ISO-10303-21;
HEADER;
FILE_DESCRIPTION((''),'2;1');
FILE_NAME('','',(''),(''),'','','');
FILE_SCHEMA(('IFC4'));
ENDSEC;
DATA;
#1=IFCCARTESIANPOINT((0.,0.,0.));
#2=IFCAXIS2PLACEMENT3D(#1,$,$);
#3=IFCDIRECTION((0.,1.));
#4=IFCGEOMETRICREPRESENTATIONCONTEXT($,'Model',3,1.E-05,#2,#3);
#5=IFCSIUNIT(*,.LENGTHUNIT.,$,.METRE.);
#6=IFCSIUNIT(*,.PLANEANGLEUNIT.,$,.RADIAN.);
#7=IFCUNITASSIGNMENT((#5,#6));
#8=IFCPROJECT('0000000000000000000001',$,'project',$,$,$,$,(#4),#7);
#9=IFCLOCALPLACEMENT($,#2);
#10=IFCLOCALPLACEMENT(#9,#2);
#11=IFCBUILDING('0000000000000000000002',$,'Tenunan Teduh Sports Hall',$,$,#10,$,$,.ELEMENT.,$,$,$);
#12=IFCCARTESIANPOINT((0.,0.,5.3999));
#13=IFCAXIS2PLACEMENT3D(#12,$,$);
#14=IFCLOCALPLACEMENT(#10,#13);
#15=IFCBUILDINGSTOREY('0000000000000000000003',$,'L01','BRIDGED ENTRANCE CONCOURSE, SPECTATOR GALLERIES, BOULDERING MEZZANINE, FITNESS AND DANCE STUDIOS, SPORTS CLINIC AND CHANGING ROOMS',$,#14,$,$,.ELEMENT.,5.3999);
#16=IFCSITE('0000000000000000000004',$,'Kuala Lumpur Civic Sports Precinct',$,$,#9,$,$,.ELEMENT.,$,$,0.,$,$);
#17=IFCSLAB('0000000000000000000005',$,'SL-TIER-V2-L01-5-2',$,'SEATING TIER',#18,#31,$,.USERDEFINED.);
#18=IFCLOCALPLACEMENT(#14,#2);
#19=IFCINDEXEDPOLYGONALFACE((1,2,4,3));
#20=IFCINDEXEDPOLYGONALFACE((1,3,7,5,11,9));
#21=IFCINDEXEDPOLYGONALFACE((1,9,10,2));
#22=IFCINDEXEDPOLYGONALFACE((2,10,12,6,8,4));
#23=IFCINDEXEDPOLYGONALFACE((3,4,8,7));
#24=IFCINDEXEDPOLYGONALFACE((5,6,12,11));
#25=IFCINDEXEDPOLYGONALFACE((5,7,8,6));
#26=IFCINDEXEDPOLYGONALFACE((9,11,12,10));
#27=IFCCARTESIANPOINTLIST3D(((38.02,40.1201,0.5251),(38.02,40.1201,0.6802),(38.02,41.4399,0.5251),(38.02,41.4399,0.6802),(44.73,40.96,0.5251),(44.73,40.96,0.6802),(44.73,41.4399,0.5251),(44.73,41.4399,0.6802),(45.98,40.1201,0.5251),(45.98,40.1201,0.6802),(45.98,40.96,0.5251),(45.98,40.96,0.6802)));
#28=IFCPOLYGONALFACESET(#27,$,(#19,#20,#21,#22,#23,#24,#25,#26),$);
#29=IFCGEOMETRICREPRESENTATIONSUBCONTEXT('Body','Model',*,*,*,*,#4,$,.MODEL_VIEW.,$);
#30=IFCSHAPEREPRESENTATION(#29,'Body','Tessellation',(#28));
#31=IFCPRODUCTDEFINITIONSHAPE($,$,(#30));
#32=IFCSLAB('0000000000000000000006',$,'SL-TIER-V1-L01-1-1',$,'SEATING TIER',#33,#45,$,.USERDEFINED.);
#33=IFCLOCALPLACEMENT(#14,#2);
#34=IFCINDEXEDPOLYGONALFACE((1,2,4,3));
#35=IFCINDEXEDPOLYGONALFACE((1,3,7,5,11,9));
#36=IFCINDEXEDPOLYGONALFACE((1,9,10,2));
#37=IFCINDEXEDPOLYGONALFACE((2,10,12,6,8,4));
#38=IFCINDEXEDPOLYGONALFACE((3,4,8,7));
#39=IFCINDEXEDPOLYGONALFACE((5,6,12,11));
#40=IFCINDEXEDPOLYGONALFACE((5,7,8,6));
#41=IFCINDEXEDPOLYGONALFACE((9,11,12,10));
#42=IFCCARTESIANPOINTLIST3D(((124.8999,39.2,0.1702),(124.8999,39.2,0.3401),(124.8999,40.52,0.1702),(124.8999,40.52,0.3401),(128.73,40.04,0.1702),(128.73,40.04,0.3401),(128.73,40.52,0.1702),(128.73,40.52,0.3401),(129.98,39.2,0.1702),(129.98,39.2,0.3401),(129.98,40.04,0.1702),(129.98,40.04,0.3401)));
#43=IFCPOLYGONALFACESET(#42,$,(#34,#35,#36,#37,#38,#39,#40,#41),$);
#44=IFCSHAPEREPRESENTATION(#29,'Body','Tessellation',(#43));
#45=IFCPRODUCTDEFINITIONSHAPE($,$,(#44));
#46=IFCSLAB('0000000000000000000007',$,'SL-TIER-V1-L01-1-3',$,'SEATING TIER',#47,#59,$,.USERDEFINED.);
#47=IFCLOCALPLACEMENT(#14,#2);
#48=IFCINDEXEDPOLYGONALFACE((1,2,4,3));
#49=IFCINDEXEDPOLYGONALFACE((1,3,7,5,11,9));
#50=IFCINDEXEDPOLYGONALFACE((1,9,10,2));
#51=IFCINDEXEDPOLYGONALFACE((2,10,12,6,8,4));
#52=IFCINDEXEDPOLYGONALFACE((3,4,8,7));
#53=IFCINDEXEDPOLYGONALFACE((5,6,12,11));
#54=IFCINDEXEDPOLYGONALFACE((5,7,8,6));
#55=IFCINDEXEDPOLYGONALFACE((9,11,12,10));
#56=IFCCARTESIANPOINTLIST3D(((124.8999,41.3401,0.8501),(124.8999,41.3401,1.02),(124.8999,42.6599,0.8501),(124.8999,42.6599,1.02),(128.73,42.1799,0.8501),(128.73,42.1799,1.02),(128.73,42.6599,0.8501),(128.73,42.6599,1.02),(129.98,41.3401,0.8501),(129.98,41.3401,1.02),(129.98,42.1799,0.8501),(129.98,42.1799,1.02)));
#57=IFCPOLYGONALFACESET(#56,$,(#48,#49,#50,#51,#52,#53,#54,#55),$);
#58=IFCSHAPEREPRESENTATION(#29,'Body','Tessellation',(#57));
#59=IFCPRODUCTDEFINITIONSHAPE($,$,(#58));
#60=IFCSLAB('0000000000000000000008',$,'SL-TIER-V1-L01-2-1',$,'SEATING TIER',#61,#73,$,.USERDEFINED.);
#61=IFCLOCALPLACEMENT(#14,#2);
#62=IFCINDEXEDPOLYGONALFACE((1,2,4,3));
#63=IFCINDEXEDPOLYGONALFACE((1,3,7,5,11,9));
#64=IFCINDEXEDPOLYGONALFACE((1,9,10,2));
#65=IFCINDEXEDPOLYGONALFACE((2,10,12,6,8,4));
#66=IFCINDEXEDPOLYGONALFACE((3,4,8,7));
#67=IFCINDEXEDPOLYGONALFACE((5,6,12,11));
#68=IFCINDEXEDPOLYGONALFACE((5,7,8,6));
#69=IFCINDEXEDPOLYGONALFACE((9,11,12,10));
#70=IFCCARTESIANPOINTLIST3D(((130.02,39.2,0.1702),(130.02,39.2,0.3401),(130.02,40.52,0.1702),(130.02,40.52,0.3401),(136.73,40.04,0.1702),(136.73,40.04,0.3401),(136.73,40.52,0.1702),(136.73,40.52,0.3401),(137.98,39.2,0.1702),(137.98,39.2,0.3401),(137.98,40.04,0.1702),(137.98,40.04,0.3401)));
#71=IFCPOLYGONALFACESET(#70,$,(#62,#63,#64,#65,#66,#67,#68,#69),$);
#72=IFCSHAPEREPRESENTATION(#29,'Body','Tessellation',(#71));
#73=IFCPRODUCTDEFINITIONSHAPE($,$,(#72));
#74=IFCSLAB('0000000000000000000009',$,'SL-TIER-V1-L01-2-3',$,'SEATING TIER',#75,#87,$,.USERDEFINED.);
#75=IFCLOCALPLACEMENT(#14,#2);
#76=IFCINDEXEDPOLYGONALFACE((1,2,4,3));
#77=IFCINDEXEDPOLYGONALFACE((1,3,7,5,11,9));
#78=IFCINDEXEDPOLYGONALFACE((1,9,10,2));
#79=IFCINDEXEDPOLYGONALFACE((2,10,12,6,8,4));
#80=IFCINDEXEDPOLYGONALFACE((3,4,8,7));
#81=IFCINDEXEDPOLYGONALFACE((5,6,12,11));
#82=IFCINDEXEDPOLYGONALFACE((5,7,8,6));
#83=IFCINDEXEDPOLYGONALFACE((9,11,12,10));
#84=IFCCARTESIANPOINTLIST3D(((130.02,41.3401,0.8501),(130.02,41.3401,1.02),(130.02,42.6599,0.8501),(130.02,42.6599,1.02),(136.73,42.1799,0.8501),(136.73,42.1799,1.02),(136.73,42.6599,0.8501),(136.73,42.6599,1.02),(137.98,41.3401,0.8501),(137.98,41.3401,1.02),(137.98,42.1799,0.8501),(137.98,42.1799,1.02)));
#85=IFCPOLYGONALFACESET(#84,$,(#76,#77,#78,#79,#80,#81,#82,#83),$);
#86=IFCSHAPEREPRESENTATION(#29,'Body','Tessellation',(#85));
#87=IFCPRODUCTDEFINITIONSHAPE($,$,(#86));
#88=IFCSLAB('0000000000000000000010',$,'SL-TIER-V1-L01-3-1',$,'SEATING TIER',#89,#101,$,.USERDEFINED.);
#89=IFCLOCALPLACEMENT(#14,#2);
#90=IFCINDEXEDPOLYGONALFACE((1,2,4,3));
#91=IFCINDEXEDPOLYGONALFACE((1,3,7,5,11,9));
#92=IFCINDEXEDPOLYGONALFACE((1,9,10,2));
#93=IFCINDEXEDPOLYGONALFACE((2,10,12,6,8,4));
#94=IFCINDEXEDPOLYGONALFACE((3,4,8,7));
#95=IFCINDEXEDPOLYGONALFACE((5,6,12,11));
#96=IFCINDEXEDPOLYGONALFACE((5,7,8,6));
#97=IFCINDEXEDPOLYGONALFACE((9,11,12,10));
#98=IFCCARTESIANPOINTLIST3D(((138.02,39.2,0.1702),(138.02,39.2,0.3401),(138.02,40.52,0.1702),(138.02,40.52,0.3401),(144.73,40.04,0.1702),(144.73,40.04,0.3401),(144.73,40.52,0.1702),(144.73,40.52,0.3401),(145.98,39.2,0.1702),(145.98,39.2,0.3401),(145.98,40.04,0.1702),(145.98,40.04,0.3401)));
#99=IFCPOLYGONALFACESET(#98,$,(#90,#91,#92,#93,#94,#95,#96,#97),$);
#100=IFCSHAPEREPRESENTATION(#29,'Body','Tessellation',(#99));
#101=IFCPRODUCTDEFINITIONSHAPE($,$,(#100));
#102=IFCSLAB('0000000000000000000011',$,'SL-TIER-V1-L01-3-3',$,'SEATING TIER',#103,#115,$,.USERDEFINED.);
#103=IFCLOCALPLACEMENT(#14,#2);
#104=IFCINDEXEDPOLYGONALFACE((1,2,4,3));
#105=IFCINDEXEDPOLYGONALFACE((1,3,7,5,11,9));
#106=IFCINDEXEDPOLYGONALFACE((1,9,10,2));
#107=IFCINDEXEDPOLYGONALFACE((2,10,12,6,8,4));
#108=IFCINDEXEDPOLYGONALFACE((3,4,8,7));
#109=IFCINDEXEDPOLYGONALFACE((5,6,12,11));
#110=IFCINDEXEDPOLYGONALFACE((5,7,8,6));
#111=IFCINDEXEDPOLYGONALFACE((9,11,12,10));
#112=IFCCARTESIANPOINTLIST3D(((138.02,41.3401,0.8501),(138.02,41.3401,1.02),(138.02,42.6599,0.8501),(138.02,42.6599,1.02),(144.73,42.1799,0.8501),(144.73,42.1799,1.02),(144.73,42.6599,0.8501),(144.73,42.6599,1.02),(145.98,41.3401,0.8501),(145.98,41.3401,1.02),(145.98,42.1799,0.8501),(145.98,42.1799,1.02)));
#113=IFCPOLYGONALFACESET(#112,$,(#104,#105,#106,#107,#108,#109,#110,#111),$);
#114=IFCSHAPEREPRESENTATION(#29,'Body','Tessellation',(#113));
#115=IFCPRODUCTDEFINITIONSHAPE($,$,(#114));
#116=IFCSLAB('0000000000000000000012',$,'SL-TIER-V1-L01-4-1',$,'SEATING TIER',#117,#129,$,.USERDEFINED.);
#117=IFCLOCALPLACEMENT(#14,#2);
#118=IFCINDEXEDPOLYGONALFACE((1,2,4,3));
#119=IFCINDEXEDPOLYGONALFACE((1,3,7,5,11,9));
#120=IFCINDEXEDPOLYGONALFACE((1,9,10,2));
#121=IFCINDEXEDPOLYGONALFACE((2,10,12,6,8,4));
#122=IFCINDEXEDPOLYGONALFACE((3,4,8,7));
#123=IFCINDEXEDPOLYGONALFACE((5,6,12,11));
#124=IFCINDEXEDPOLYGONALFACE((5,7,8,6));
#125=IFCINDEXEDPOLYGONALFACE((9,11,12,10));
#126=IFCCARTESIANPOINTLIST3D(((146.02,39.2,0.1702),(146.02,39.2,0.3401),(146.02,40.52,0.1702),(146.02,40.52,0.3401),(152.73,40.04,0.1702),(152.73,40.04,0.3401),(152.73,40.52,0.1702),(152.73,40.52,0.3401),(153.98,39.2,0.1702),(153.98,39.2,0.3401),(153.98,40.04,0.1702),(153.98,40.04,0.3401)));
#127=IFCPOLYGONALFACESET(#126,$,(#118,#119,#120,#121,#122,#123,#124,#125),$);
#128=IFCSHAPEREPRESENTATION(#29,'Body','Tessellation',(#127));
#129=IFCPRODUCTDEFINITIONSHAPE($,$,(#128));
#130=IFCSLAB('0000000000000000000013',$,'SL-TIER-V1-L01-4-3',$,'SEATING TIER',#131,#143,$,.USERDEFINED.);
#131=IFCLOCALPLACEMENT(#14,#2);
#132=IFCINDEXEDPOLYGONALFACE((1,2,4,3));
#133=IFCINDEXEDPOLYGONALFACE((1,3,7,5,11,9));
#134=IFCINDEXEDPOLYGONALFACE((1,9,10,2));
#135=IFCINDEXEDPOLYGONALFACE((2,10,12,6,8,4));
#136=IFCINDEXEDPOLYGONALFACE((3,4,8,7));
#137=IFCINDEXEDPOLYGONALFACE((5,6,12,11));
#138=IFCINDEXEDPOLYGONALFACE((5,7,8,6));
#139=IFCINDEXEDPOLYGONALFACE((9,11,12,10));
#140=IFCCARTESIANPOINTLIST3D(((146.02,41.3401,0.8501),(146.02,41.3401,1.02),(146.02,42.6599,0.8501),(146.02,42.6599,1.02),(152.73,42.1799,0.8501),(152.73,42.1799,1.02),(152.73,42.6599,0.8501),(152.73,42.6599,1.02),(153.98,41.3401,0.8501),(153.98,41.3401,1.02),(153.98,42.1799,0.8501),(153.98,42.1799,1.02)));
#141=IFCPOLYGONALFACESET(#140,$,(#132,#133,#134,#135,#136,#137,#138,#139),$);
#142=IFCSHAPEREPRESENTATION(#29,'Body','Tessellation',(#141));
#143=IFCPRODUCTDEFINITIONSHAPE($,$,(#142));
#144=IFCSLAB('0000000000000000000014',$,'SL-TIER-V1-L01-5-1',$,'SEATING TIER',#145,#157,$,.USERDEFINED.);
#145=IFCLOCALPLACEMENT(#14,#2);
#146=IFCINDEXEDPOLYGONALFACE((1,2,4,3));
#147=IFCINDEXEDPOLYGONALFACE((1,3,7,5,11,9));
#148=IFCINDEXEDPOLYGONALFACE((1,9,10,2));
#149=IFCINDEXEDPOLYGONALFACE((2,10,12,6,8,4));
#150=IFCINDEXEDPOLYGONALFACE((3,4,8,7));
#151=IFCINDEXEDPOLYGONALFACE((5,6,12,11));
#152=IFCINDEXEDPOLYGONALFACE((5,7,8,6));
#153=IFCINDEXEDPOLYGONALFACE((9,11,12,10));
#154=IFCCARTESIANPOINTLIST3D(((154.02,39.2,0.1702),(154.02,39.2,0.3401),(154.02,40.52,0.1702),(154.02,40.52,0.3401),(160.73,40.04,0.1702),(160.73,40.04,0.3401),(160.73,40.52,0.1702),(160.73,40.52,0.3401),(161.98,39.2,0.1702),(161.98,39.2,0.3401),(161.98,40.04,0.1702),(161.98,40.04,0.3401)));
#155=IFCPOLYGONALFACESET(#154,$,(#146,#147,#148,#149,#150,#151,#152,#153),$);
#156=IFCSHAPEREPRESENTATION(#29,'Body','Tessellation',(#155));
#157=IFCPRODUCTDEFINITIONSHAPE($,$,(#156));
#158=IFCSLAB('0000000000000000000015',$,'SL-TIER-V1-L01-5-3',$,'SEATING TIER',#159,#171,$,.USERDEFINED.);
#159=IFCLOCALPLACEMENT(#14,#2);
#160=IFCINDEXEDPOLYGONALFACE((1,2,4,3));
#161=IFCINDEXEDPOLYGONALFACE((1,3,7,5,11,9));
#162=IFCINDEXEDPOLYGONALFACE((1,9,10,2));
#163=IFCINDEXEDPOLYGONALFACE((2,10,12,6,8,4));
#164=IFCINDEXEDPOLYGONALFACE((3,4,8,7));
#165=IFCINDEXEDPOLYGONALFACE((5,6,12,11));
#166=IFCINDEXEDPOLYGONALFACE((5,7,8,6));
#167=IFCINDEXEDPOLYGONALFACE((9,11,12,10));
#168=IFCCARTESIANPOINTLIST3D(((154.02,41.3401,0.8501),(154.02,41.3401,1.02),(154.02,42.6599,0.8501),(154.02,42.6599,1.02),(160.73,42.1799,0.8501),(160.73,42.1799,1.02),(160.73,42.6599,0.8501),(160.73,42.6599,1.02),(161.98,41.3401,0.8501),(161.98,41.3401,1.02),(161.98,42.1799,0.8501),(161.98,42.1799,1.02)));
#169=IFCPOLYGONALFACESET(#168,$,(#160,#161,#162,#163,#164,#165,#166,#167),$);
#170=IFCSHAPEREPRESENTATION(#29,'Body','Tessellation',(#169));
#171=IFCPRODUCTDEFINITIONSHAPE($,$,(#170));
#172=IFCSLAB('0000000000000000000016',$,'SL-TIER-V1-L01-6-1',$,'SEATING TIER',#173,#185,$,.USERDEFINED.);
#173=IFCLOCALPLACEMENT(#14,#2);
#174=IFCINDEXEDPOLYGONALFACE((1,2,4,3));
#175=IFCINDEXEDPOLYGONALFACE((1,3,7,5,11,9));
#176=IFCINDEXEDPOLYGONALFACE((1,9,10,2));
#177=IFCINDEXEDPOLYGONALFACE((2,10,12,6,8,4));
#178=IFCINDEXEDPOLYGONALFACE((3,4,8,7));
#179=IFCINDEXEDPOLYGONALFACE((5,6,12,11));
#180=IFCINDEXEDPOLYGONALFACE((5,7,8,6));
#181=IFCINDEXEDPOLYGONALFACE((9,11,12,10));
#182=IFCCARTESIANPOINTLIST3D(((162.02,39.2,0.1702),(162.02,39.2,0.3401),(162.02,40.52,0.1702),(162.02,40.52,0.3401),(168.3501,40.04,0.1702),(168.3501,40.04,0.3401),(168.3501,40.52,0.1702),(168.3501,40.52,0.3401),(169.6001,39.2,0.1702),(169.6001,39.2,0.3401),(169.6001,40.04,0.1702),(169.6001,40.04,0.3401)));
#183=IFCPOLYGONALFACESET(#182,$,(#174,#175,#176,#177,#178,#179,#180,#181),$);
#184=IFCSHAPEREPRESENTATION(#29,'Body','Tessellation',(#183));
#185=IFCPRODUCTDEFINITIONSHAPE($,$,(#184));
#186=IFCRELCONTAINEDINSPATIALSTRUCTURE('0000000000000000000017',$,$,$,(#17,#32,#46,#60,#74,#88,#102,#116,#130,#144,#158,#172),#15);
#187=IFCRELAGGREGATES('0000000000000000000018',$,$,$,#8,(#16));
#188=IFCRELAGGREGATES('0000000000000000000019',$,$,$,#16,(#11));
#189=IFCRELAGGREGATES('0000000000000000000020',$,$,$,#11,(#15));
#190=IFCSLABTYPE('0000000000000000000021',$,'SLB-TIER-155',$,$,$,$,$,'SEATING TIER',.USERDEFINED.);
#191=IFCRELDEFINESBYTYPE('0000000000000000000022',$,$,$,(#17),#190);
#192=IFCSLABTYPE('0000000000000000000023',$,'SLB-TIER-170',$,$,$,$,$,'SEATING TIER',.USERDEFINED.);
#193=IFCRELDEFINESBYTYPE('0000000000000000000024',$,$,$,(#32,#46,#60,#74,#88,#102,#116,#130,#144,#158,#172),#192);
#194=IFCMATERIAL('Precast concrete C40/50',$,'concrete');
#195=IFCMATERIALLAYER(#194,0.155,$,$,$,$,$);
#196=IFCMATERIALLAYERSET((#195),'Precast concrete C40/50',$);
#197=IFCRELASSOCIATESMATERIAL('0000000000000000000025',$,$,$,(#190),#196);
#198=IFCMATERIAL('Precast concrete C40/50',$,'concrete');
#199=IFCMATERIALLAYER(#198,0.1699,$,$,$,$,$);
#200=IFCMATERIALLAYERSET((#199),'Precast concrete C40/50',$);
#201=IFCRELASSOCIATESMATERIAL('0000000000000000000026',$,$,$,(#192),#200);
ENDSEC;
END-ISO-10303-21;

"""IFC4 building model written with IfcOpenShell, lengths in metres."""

from ifc_helpers import new_model, si_unit, direction, frame, origin, place, context, subcontext, project, spatial, polyline, outline, extrude, material, layer, layer_set, type_object, element, save


model = new_model("IFC4")

# Units and contexts
model_context = context("Model", 3, precision=1e-05, world=origin(), true_north=direction((0.0, 1.0)))
body_context = subcontext(model_context, "Body", "Model", "MODEL_VIEW")
ifc_project = project(units=[si_unit("LENGTHUNIT", "METRE"), si_unit("PLANEANGLEUNIT", "RADIAN")], contexts=[model_context])

# Site, building, storey
site_placement = place(None, origin())
site = spatial("IfcSite", under=ifc_project, at=site_placement, Name="Kuala Lumpur Civic Sports Precinct", CompositionType="ELEMENT", RefElevation=0.0)
building_placement = place(site_placement, origin())
building = spatial("IfcBuilding", under=site, at=building_placement, Name="Tenunan Teduh Sports Hall", CompositionType="ELEMENT")
storey_placement = place(building_placement, frame((0.0, 0.0, 5.3999)))
storey = spatial("IfcBuildingStorey", under=building, at=storey_placement, Name="L01", Description="BRIDGED ENTRANCE CONCOURSE, SPECTATOR GALLERIES, BOULDERING MEZZANINE, FITNESS AND DANCE STUDIOS, SPORTS CLINIC AND CHANGING ROOMS", CompositionType="ELEMENT", Elevation=5.3999)

# Slabs
ifc_material_1 = material(Name="Precast concrete C40/50", Category="concrete")
ifc_layer_1 = layer(ifc_material_1, 0.155)
ifc_layer_set_1 = layer_set([ifc_layer_1], Name="Precast concrete C40/50")
slab_type_1 = type_object("IfcSlabType", Name="SLB-TIER-155", ElementType="SEATING TIER", PredefinedType="USERDEFINED", material=ifc_layer_set_1)
slab_1_placement = place(storey_placement, frame((0.0, 0.0, 0.5251)))
element("IfcSlab", 1, at=slab_1_placement, inside=storey, type_object=slab_type_1, Name="SL-TIER-V2-L01-5-2", ObjectType="SEATING TIER", PredefinedType="USERDEFINED", context=body_context, shape_type="SweptSolid", body=[
    extrude(outline(polyline([(38.02, 40.1201), (45.98, 40.1201), (45.98, 40.96), (44.73, 40.96), (44.73, 41.4399), (38.02, 41.4399), (38.02, 40.1201)])), origin(), (0.0, 0.0, 1.0), 0.155),
])
ifc_material_2 = material(Name="Precast concrete C40/50", Category="concrete")
ifc_layer_2 = layer(ifc_material_2, 0.1699)
ifc_layer_set_2 = layer_set([ifc_layer_2], Name="Precast concrete C40/50")
slab_type_2 = type_object("IfcSlabType", Name="SLB-TIER-170", ElementType="SEATING TIER", PredefinedType="USERDEFINED", material=ifc_layer_set_2)
slab_2_placement = place(storey_placement, frame((0.0, 0.0, 0.1702)))
element("IfcSlab", 2, at=slab_2_placement, inside=storey, type_object=slab_type_2, Name="SL-TIER-V1-L01-1-1", ObjectType="SEATING TIER", PredefinedType="USERDEFINED", context=body_context, shape_type="SweptSolid", body=[
    extrude(outline(polyline([(124.8999, 39.2), (129.98, 39.2), (129.98, 40.04), (128.73, 40.04), (128.73, 40.52), (124.8999, 40.52), (124.8999, 39.2)])), origin(), (0.0, 0.0, 1.0), 0.1699),
])
slab_3_placement = place(storey_placement, frame((0.0, 0.0, 0.8501)))
element("IfcSlab", 3, at=slab_3_placement, inside=storey, type_object=slab_type_2, Name="SL-TIER-V1-L01-1-3", ObjectType="SEATING TIER", PredefinedType="USERDEFINED", context=body_context, shape_type="SweptSolid", body=[
    extrude(outline(polyline([(124.8999, 41.3401), (129.98, 41.3401), (129.98, 42.1799), (128.73, 42.1799), (128.73, 42.6599), (124.8999, 42.6599), (124.8999, 41.3401)])), origin(), (0.0, 0.0, 1.0), 0.1699),
])
slab_4_placement = place(storey_placement, frame((0.0, 0.0, 0.1702)))
element("IfcSlab", 4, at=slab_4_placement, inside=storey, type_object=slab_type_2, Name="SL-TIER-V1-L01-2-1", ObjectType="SEATING TIER", PredefinedType="USERDEFINED", context=body_context, shape_type="SweptSolid", body=[
    extrude(outline(polyline([(130.02, 39.2), (137.98, 39.2), (137.98, 40.04), (136.73, 40.04), (136.73, 40.52), (130.02, 40.52), (130.02, 39.2)])), origin(), (0.0, 0.0, 1.0), 0.1699),
])
slab_5_placement = place(storey_placement, frame((0.0, 0.0, 0.8501)))
element("IfcSlab", 5, at=slab_5_placement, inside=storey, type_object=slab_type_2, Name="SL-TIER-V1-L01-2-3", ObjectType="SEATING TIER", PredefinedType="USERDEFINED", context=body_context, shape_type="SweptSolid", body=[
    extrude(outline(polyline([(130.02, 41.3401), (137.98, 41.3401), (137.98, 42.1799), (136.73, 42.1799), (136.73, 42.6599), (130.02, 42.6599), (130.02, 41.3401)])), origin(), (0.0, 0.0, 1.0), 0.1699),
])
slab_6_placement = place(storey_placement, frame((0.0, 0.0, 0.1702)))
element("IfcSlab", 6, at=slab_6_placement, inside=storey, type_object=slab_type_2, Name="SL-TIER-V1-L01-3-1", ObjectType="SEATING TIER", PredefinedType="USERDEFINED", context=body_context, shape_type="SweptSolid", body=[
    extrude(outline(polyline([(138.02, 39.2), (145.98, 39.2), (145.98, 40.04), (144.73, 40.04), (144.73, 40.52), (138.02, 40.52), (138.02, 39.2)])), origin(), (0.0, 0.0, 1.0), 0.1699),
])
slab_7_placement = place(storey_placement, frame((0.0, 0.0, 0.8501)))
element("IfcSlab", 7, at=slab_7_placement, inside=storey, type_object=slab_type_2, Name="SL-TIER-V1-L01-3-3", ObjectType="SEATING TIER", PredefinedType="USERDEFINED", context=body_context, shape_type="SweptSolid", body=[
    extrude(outline(polyline([(138.02, 41.3401), (145.98, 41.3401), (145.98, 42.1799), (144.73, 42.1799), (144.73, 42.6599), (138.02, 42.6599), (138.02, 41.3401)])), origin(), (0.0, 0.0, 1.0), 0.1699),
])
slab_8_placement = place(storey_placement, frame((0.0, 0.0, 0.1702)))
element("IfcSlab", 8, at=slab_8_placement, inside=storey, type_object=slab_type_2, Name="SL-TIER-V1-L01-4-1", ObjectType="SEATING TIER", PredefinedType="USERDEFINED", context=body_context, shape_type="SweptSolid", body=[
    extrude(outline(polyline([(146.02, 39.2), (153.98, 39.2), (153.98, 40.04), (152.73, 40.04), (152.73, 40.52), (146.02, 40.52), (146.02, 39.2)])), origin(), (0.0, 0.0, 1.0), 0.1699),
])
slab_9_placement = place(storey_placement, frame((0.0, 0.0, 0.8501)))
element("IfcSlab", 9, at=slab_9_placement, inside=storey, type_object=slab_type_2, Name="SL-TIER-V1-L01-4-3", ObjectType="SEATING TIER", PredefinedType="USERDEFINED", context=body_context, shape_type="SweptSolid", body=[
    extrude(outline(polyline([(146.02, 41.3401), (153.98, 41.3401), (153.98, 42.1799), (152.73, 42.1799), (152.73, 42.6599), (146.02, 42.6599), (146.02, 41.3401)])), origin(), (0.0, 0.0, 1.0), 0.1699),
])
slab_10_placement = place(storey_placement, frame((0.0, 0.0, 0.1702)))
element("IfcSlab", 10, at=slab_10_placement, inside=storey, type_object=slab_type_2, Name="SL-TIER-V1-L01-5-1", ObjectType="SEATING TIER", PredefinedType="USERDEFINED", context=body_context, shape_type="SweptSolid", body=[
    extrude(outline(polyline([(154.02, 39.2), (161.98, 39.2), (161.98, 40.04), (160.73, 40.04), (160.73, 40.52), (154.02, 40.52), (154.02, 39.2)])), origin(), (0.0, 0.0, 1.0), 0.1699),
])
slab_11_placement = place(storey_placement, frame((0.0, 0.0, 0.8501)))
element("IfcSlab", 11, at=slab_11_placement, inside=storey, type_object=slab_type_2, Name="SL-TIER-V1-L01-5-3", ObjectType="SEATING TIER", PredefinedType="USERDEFINED", context=body_context, shape_type="SweptSolid", body=[
    extrude(outline(polyline([(154.02, 41.3401), (161.98, 41.3401), (161.98, 42.1799), (160.73, 42.1799), (160.73, 42.6599), (154.02, 42.6599), (154.02, 41.3401)])), origin(), (0.0, 0.0, 1.0), 0.1699),
])
slab_12_placement = place(storey_placement, frame((0.0, 0.0, 0.1702)))
element("IfcSlab", 12, at=slab_12_placement, inside=storey, type_object=slab_type_2, Name="SL-TIER-V1-L01-6-1", ObjectType="SEATING TIER", PredefinedType="USERDEFINED", context=body_context, shape_type="SweptSolid", body=[
    extrude(outline(polyline([(162.02, 39.2), (169.6001, 39.2), (169.6001, 40.04), (168.3501, 40.04), (168.3501, 40.52), (162.02, 40.52), (162.02, 39.2)])), origin(), (0.0, 0.0, 1.0), 0.1699),
])

save(model, "model.ifc")
